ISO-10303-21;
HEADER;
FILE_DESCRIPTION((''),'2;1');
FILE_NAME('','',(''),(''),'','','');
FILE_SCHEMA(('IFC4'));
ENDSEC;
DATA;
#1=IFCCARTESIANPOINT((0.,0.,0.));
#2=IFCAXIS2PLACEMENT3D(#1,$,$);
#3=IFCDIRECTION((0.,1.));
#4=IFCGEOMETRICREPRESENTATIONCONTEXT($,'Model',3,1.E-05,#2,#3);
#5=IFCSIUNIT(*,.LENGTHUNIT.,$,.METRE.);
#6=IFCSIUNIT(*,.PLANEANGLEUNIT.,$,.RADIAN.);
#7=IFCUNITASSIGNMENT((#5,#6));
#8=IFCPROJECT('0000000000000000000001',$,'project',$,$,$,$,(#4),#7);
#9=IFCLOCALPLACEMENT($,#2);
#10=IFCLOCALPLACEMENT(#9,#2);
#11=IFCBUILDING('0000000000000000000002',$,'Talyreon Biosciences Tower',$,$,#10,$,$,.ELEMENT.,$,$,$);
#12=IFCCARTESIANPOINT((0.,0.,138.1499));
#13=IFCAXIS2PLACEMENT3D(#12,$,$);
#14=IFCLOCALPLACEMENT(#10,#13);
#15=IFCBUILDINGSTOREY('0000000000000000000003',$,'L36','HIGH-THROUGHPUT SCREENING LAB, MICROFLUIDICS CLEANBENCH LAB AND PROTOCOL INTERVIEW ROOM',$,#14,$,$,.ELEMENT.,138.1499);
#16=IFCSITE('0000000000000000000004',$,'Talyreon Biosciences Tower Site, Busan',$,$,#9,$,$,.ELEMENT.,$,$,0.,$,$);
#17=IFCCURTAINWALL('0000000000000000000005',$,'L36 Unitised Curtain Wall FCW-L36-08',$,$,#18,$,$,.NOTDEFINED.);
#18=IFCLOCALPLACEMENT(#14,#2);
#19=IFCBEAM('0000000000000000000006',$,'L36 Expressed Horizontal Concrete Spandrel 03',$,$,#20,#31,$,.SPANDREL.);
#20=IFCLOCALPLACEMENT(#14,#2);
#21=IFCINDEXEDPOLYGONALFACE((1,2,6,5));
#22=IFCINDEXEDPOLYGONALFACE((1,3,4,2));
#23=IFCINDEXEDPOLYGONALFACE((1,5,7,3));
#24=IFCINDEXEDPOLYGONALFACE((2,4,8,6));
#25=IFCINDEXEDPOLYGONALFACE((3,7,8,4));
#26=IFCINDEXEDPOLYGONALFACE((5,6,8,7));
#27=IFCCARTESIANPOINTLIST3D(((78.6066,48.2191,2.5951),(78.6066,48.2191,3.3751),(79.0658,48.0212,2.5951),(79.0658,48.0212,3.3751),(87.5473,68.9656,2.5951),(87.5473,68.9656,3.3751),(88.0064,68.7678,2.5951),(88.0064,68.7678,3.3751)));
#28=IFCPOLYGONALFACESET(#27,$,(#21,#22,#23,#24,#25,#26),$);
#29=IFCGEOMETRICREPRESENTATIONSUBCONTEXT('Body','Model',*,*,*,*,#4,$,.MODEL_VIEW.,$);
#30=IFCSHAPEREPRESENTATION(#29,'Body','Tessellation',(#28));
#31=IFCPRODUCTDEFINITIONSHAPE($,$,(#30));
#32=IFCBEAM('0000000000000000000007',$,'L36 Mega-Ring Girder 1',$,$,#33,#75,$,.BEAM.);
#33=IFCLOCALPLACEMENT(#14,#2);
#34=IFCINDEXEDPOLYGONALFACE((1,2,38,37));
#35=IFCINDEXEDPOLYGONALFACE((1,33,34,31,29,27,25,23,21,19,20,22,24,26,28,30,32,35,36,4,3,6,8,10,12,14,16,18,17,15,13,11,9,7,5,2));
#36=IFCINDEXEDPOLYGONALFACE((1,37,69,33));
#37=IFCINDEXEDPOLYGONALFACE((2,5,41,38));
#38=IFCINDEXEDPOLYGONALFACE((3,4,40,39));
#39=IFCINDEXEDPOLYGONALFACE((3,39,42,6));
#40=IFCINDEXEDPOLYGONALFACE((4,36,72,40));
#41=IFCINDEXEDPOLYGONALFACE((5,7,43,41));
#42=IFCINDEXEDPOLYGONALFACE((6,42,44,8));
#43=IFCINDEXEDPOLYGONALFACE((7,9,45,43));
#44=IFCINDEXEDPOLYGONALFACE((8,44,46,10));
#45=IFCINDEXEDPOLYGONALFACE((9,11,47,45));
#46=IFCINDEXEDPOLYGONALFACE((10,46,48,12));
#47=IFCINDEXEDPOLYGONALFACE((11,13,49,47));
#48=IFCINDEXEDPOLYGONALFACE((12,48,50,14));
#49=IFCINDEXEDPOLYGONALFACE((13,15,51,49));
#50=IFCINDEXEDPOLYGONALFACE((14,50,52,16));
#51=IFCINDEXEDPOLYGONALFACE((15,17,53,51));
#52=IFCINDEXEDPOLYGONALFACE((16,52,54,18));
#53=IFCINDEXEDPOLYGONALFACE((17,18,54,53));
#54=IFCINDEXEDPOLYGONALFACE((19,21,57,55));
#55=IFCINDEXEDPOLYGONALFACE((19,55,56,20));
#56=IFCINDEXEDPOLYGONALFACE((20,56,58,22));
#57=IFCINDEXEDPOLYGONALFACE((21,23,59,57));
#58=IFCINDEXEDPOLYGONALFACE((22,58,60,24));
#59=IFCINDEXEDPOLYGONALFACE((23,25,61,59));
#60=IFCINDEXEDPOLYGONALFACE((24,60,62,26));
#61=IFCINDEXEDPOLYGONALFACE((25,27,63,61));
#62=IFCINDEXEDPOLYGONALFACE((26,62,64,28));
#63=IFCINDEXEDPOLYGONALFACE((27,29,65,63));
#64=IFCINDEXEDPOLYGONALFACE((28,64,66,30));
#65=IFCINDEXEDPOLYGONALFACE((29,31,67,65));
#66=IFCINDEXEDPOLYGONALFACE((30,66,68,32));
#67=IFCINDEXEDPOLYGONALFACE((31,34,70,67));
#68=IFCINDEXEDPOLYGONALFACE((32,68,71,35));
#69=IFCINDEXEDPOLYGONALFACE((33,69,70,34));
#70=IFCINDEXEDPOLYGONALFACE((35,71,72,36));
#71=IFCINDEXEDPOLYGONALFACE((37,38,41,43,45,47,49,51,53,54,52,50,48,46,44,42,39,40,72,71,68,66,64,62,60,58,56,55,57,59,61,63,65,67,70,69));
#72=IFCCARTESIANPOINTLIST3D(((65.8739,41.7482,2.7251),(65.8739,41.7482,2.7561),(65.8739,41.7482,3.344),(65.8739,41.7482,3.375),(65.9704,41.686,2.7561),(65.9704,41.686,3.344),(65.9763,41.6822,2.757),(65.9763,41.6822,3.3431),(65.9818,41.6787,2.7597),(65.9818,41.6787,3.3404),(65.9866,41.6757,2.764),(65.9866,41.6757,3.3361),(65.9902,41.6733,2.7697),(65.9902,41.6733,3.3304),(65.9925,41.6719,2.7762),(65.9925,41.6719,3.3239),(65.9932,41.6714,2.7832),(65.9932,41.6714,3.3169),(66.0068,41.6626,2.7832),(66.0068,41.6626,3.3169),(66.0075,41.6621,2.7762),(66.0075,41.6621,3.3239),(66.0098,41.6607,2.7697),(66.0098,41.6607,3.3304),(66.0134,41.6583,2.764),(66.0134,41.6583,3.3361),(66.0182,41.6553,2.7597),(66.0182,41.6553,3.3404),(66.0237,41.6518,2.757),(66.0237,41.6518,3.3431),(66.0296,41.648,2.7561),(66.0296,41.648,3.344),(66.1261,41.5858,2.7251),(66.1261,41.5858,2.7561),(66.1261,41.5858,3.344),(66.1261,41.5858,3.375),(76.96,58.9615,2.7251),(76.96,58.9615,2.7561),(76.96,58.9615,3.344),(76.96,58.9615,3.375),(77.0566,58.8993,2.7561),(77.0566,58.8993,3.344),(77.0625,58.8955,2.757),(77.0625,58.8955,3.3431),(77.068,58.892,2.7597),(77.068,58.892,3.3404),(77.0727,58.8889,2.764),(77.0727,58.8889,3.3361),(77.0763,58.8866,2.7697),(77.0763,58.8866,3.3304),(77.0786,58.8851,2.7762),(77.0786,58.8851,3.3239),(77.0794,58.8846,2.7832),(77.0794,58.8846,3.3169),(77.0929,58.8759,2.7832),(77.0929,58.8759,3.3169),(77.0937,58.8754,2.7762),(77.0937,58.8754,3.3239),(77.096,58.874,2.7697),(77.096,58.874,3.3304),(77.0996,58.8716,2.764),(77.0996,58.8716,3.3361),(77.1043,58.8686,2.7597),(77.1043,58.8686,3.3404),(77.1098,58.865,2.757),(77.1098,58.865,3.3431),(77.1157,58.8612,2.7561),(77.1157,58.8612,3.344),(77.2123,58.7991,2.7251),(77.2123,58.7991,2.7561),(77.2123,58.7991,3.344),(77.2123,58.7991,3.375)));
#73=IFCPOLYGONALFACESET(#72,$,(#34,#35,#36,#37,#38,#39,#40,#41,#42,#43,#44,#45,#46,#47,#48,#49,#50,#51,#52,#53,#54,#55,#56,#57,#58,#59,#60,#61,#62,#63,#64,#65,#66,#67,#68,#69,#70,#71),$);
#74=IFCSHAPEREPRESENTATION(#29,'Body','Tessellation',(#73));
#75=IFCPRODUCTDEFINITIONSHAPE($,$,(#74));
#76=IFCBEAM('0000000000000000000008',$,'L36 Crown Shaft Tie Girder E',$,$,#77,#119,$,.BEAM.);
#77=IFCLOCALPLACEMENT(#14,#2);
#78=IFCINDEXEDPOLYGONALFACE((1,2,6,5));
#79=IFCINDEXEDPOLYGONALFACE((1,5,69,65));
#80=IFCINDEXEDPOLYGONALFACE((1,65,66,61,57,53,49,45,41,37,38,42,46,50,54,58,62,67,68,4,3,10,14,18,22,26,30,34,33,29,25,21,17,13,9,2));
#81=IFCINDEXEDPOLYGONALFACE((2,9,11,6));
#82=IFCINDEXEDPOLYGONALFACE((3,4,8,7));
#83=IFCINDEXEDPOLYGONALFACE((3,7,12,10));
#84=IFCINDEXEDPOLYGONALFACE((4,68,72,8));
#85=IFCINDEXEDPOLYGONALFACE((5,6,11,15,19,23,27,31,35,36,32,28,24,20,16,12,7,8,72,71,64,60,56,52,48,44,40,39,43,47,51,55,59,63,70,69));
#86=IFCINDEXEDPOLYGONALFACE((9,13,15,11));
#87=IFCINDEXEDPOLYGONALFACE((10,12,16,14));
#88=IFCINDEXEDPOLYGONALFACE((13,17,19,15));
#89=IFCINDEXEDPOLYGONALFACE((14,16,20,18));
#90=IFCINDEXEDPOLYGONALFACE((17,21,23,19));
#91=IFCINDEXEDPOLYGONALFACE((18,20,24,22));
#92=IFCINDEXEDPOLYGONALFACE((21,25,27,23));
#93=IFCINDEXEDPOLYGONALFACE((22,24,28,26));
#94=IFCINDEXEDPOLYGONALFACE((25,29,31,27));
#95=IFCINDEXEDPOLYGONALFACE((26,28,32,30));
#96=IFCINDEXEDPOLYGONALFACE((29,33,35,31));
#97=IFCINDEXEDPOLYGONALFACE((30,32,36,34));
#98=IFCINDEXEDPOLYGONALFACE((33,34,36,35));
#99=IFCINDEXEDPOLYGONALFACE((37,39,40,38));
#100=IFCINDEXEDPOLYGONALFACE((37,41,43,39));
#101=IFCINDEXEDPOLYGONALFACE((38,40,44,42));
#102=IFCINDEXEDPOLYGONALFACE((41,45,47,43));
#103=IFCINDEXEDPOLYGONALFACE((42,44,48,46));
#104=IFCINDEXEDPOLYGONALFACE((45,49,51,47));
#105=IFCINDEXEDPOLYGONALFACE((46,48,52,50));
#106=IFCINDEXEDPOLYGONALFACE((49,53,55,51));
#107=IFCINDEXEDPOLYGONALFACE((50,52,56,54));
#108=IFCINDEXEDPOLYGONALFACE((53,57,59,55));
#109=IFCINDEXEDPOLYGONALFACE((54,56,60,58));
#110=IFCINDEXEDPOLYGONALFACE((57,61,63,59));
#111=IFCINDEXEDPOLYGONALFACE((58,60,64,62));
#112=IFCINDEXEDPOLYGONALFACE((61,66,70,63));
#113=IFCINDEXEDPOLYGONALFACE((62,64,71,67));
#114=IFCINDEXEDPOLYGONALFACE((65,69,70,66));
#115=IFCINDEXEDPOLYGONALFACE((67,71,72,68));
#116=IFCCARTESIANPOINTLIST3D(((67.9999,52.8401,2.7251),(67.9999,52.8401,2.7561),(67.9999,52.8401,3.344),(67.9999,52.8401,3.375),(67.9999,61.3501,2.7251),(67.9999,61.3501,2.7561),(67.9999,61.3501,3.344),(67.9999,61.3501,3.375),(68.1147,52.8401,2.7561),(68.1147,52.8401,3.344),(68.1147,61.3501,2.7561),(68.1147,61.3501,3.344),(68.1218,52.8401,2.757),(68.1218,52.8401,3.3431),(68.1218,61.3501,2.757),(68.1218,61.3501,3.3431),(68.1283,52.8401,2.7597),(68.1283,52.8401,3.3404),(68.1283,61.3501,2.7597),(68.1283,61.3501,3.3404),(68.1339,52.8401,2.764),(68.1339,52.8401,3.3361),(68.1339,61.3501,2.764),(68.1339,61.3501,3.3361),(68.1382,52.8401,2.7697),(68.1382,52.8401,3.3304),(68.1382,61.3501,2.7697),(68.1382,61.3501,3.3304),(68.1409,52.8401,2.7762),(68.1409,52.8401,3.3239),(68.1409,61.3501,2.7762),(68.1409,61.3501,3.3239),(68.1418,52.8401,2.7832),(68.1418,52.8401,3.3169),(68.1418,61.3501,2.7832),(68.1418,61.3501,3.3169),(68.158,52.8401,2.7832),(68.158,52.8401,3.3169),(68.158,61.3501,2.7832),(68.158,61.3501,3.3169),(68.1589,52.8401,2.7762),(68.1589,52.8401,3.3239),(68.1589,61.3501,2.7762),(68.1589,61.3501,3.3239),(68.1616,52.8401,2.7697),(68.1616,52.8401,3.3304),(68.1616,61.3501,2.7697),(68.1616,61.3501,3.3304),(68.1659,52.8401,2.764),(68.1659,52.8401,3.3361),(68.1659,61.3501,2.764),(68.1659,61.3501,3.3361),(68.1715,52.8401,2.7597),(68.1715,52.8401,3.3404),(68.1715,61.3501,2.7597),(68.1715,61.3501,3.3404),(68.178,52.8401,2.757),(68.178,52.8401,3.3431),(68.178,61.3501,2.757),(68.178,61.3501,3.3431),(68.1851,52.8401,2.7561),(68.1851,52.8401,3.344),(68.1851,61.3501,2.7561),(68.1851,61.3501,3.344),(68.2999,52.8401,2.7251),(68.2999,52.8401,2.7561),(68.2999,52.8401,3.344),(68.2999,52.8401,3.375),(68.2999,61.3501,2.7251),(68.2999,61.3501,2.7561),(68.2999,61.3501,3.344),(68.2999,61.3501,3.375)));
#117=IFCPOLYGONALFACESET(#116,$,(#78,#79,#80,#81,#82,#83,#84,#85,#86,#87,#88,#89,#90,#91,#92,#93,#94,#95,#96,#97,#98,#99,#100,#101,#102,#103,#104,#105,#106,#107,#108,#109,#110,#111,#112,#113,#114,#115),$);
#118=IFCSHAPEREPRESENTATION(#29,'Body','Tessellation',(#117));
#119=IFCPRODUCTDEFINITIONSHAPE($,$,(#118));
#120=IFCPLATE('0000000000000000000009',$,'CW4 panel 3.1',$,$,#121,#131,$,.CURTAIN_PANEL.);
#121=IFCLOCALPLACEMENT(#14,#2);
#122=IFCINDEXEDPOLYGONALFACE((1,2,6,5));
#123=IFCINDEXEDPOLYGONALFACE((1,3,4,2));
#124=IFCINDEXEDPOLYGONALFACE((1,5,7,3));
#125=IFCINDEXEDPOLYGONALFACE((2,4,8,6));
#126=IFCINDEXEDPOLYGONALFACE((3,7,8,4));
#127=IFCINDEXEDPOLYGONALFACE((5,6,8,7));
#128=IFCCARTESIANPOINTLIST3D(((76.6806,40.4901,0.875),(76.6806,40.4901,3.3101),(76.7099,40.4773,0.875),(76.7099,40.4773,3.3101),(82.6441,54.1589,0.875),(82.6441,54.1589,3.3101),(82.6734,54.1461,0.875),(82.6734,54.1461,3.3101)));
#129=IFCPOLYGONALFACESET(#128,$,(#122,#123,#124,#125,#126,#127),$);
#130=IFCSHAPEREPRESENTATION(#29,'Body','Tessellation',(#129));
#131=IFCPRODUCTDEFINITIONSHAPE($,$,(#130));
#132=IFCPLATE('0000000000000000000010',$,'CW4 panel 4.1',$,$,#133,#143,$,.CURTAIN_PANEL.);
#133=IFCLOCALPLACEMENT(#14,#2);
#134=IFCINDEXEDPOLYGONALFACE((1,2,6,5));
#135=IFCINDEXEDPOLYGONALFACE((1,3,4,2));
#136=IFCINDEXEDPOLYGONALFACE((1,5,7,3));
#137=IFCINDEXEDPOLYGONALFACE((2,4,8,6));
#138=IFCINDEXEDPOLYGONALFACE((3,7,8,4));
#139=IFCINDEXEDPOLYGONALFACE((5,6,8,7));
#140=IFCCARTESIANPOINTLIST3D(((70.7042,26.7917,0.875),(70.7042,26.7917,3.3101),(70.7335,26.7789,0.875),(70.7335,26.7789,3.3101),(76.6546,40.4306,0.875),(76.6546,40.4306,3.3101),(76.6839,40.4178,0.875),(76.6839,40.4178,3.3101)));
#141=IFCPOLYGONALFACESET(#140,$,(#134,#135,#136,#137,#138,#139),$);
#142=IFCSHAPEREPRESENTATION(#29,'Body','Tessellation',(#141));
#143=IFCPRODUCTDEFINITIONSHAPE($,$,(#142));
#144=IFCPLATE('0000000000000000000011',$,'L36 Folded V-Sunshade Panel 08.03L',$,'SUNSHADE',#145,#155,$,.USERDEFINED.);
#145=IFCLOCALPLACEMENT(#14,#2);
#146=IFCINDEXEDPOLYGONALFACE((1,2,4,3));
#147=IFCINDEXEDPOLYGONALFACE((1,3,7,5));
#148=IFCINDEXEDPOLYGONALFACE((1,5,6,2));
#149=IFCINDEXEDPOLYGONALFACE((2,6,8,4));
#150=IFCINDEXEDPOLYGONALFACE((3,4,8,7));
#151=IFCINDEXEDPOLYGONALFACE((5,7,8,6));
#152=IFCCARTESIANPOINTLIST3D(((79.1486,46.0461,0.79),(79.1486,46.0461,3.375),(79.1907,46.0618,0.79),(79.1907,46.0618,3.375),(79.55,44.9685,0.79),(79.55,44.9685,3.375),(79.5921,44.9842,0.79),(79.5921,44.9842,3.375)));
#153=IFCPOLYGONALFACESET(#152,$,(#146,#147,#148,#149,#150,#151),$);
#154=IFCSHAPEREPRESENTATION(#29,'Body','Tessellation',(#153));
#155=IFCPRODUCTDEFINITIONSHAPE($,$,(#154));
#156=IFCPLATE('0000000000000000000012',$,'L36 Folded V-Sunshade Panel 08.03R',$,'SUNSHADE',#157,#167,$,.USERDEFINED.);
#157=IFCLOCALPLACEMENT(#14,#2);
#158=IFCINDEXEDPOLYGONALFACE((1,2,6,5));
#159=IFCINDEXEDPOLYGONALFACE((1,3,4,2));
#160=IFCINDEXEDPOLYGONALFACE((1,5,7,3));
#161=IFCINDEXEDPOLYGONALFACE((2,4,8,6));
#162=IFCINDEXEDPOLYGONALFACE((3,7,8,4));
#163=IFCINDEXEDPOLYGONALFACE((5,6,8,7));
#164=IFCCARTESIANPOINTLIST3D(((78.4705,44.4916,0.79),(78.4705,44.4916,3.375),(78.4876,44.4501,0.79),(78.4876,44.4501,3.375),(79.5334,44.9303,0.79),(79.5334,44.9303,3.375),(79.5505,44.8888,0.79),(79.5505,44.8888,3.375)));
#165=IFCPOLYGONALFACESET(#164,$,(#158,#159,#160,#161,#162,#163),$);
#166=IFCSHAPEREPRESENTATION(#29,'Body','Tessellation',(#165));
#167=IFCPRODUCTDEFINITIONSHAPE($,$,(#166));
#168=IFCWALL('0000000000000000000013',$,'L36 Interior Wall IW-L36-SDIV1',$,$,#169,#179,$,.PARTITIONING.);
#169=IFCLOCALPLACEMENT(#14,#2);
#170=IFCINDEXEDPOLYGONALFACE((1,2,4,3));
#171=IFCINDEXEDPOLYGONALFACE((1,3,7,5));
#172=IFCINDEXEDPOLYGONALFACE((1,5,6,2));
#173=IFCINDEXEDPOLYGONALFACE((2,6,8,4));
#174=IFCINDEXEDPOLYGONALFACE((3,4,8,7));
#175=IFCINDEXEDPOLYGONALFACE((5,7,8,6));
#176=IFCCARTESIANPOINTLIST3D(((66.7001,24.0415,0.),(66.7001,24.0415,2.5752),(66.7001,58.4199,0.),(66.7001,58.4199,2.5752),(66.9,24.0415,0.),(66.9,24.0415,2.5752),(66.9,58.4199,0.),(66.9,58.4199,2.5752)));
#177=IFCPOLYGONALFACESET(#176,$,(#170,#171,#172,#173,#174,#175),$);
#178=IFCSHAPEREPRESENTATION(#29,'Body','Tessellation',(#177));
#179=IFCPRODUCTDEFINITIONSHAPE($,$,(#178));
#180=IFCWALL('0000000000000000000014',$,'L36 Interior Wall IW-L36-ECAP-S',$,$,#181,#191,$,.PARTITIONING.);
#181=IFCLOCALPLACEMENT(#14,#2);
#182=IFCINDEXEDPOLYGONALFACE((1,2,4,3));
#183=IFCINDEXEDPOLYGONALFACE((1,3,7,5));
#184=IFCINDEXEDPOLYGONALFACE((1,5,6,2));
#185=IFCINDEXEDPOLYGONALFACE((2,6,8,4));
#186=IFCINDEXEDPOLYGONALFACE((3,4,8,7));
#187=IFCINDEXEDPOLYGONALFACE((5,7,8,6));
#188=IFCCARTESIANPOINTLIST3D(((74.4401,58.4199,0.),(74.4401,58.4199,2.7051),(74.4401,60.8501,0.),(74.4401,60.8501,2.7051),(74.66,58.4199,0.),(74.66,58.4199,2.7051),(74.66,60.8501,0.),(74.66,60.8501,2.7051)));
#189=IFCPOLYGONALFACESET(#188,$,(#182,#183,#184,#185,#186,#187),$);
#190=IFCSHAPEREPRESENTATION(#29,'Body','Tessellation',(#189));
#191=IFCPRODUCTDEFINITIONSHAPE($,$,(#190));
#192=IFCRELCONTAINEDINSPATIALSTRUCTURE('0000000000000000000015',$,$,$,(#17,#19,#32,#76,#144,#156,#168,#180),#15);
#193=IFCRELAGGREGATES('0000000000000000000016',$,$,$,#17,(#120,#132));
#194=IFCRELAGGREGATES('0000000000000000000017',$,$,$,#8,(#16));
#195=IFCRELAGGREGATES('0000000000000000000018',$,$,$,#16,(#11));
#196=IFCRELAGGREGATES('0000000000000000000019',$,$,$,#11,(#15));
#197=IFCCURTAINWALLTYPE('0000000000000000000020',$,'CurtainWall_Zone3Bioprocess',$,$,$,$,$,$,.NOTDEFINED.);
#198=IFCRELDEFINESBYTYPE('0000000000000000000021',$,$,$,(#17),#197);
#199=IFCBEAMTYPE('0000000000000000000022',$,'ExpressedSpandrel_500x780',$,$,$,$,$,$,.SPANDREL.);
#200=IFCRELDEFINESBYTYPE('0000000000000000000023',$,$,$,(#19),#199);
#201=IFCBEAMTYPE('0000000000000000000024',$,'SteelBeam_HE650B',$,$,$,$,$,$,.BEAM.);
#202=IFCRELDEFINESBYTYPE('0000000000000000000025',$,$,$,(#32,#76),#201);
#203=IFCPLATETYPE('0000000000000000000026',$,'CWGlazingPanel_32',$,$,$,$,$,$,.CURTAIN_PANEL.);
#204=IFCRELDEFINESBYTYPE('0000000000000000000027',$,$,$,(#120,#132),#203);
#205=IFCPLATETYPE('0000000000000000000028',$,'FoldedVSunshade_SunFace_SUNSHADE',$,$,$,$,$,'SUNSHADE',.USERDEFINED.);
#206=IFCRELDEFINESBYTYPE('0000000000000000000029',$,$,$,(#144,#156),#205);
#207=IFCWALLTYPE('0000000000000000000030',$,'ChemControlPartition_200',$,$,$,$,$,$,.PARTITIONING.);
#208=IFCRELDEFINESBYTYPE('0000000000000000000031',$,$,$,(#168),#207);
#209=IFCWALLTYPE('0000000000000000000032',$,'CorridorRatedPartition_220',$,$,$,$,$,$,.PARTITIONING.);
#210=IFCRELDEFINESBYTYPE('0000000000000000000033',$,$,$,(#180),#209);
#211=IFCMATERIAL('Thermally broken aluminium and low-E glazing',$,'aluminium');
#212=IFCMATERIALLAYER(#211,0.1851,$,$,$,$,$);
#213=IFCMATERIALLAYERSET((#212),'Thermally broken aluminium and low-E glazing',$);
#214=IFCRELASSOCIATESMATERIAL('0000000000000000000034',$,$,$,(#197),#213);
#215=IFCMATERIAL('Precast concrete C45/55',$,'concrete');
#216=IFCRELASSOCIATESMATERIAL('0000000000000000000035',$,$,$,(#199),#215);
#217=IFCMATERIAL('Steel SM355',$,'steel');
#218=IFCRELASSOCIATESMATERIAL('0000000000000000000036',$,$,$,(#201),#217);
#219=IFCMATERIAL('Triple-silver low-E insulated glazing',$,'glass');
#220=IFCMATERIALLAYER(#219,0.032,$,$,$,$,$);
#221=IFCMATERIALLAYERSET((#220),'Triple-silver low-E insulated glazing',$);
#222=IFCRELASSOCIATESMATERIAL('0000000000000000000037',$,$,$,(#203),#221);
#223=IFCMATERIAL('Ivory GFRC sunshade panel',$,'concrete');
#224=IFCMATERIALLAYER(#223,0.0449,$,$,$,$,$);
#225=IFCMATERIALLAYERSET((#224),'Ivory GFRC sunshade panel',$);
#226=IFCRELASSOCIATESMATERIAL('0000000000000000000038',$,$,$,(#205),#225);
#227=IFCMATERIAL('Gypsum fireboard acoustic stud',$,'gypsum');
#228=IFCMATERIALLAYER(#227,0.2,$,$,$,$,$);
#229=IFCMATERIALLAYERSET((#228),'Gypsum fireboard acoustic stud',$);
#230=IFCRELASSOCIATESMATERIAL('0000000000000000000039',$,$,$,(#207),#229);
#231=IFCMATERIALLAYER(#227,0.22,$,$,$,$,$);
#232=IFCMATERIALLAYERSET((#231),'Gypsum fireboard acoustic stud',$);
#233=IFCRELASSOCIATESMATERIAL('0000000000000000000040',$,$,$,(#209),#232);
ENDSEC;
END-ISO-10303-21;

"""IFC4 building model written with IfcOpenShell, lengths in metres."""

from ifc_helpers import new_model, si_unit, direction, frame, frame_2d, origin, origin_2d, place, context, subcontext, project, spatial, rectangle, i_section, extrude, material, layer, layer_set, material_profile, profile_set, type_object, element, aggregate, save


model = new_model("IFC4")

# Units and contexts
model_context = context("Model", 3, precision=1e-05, world=origin(), true_north=direction((0.0, 1.0)))
body_context = subcontext(model_context, "Body", "Model", "MODEL_VIEW")
ifc_project = project(units=[si_unit("LENGTHUNIT", "METRE"), si_unit("PLANEANGLEUNIT", "RADIAN")], contexts=[model_context])

# Site, building, storey
site_placement = place(None, origin())
site = spatial("IfcSite", under=ifc_project, at=site_placement, Name="Talyreon Biosciences Tower Site, Busan", CompositionType="ELEMENT", RefElevation=0.0)
building_placement = place(site_placement, origin())
building = spatial("IfcBuilding", under=site, at=building_placement, Name="Talyreon Biosciences Tower", CompositionType="ELEMENT")
storey_placement = place(building_placement, frame((0.0, 0.0, 138.1499)))
storey = spatial("IfcBuildingStorey", under=building, at=storey_placement, Name="L36", Description="HIGH-THROUGHPUT SCREENING LAB, MICROFLUIDICS CLEANBENCH LAB AND PROTOCOL INTERVIEW ROOM", CompositionType="ELEMENT", Elevation=138.1499)

# Shared definitions
ifc_material_1 = material(Name="Precast concrete C45/55", Category="concrete")

# Curtain wall
ifc_material_2 = material(Name="Thermally broken aluminium and low-E glazing", Category="aluminium")
ifc_layer_1 = layer(ifc_material_2, 0.1851)
ifc_layer_set_1 = layer_set([ifc_layer_1], Name="Thermally broken aluminium and low-E glazing")
curtain_wall_type = type_object("IfcCurtainWallType", Name="CurtainWall_Zone3Bioprocess", PredefinedType="NOTDEFINED", material=ifc_layer_set_1)
curtain_wall_placement = place(storey_placement, origin())
curtain_wall = element("IfcCurtainWall", 1, at=curtain_wall_placement, inside=storey, type_object=curtain_wall_type, Name="L36 Unitised Curtain Wall FCW-L36-08", PredefinedType="NOTDEFINED")

# Beams
ifc_material_profile_1 = material_profile(ifc_material_1, rectangle(XDim=0.5, YDim=0.78, at=origin_2d()), Name="RCB 500x780")
ifc_profile_set_1 = profile_set([ifc_material_profile_1], Name="Precast concrete C45/55")
beam_type_1 = type_object("IfcBeamType", Name="ExpressedSpandrel_500x780", PredefinedType="SPANDREL", material=ifc_profile_set_1)
beam_1_placement = place(storey_placement, frame((78.8362, 48.1201, 2.9851), z_axis=(0.395761, 0.918353, 0.0), x_axis=(-0.918353, 0.395761, 0.0)))
element("IfcBeam", 2, at=beam_1_placement, inside=storey, type_object=beam_type_1, Name="L36 Expressed Horizontal Concrete Spandrel 03", PredefinedType="SPANDREL", context=body_context, shape_type="SweptSolid", body=[
    extrude(rectangle(XDim=0.5, YDim=0.78, at=origin_2d()), origin(), (0.0, 0.0, 1.0), 22.5911),
])
ifc_material_3 = material(Name="Steel SM355", Category="steel")
ifc_material_profile_2 = material_profile(ifc_material_3, i_section(OverallWidth=0.3, OverallDepth=0.6499, WebThickness=0.0161, FlangeThickness=0.031, FilletRadius=0.0271, at=origin_2d()), Name="HE650B")
ifc_profile_set_2 = profile_set([ifc_material_profile_2], Name="Steel SM355")
beam_type_2 = type_object("IfcBeamType", Name="SteelBeam_HE650B", PredefinedType="BEAM", material=ifc_profile_set_2)
beam_2_placement = place(storey_placement, frame((66.0, 41.667, 3.05), z_axis=(0.541464, 0.840724, 0.0), x_axis=(-0.840724, 0.541464, 0.0)))
element("IfcBeam", 3, at=beam_2_placement, inside=storey, type_object=beam_type_2, Name="L36 Mega-Ring Girder 1", PredefinedType="BEAM", context=body_context, shape_type="SweptSolid", body=[
    extrude(i_section(OverallWidth=0.3, OverallDepth=0.6499, WebThickness=0.0161, FlangeThickness=0.031, FilletRadius=0.0271, at=origin_2d()), origin(), (0.0, 0.0, 1.0), 20.4744),
])
beam_3_placement = place(storey_placement, frame((68.1499, 52.8401, 3.05), z_axis=(0.0, 1.0, 0.0), x_axis=(-1.0, 0.0, 0.0)))
element("IfcBeam", 4, at=beam_3_placement, inside=storey, type_object=beam_type_2, Name="L36 Crown Shaft Tie Girder E", PredefinedType="BEAM", context=body_context, shape_type="SweptSolid", body=[
    extrude(i_section(OverallWidth=0.3, OverallDepth=0.6499, WebThickness=0.0161, FlangeThickness=0.031, FilletRadius=0.0271, at=origin_2d()), origin(), (0.0, 0.0, 1.0), 8.51),
])

# Plates
ifc_material_4 = material(Name="Triple-silver low-E insulated glazing", Category="glass")
ifc_layer_2 = layer(ifc_material_4, 0.032)
ifc_layer_set_2 = layer_set([ifc_layer_2], Name="Triple-silver low-E insulated glazing")
plate_type_1 = type_object("IfcPlateType", Name="CWGlazingPanel_32", PredefinedType="CURTAIN_PANEL", material=ifc_layer_set_2)
plate_1_placement = place(storey_placement, frame((79.677, 47.3181, 0.875), z_axis=(0.0, 0.0, 1.0), x_axis=(-0.399882, -0.916566, 0.0)))
plate_1 = element("IfcPlate", 5, at=plate_1_placement, type_object=plate_type_1, Name="CW4 panel 3.1", PredefinedType="CURTAIN_PANEL", context=body_context, shape_type="SweptSolid", body=[
    extrude(rectangle(XDim=14.9131, YDim=0.032, at=origin_2d()), origin(), (0.0, 0.0, 1.0), 2.4351),
])
plate_2_placement = place(storey_placement, frame((73.6941, 33.6047, 0.875), z_axis=(0.0, 0.0, 1.0), x_axis=(-0.399882, -0.916566, 0.0)))
plate_2 = element("IfcPlate", 6, at=plate_2_placement, type_object=plate_type_1, Name="CW4 panel 4.1", PredefinedType="CURTAIN_PANEL", context=body_context, shape_type="SweptSolid", body=[
    extrude(rectangle(XDim=14.8804, YDim=0.032, at=origin_2d()), origin(), (0.0, 0.0, 1.0), 2.4351),
])
aggregate(curtain_wall, [plate_1, plate_2])

# Plates
ifc_material_5 = material(Name="Ivory GFRC sunshade panel", Category="concrete")
ifc_layer_3 = layer(ifc_material_5, 0.0449)
ifc_layer_set_3 = layer_set([ifc_layer_3], Name="Ivory GFRC sunshade panel")
plate_type_2 = type_object("IfcPlateType", Name="FoldedVSunshade_SunFace_SUNSHADE", ElementType="SUNSHADE", PredefinedType="USERDEFINED", material=ifc_layer_set_3)
for number, where, z_axis, x_axis, name in (
    (7, (79.3704, 45.5151, 0.79), (0.0, 0.0, 1.0), (0.349046, -0.937105, 0.0), "L36 Folded V-Sunshade Panel 08.03L"),
    (8, (79.0105, 44.6902, 0.79), (0.0, 0.0, 1.0), (-0.924353, -0.381538, 0.0), "L36 Folded V-Sunshade Panel 08.03R"),
):
    element("IfcPlate", number, at=place(storey_placement, frame(where, z_axis=z_axis, x_axis=x_axis)), inside=storey, type_object=plate_type_2, Name=name, ObjectType="SUNSHADE", PredefinedType="USERDEFINED", context=body_context, shape_type="SweptSolid", body=[
        extrude(rectangle(XDim=1.1499, YDim=0.0449, at=origin_2d()), origin(), (0.0, 0.0, 1.0), 2.585),
    ])

# Walls
ifc_material_6 = material(Name="Gypsum fireboard acoustic stud", Category="gypsum")
ifc_layer_4 = layer(ifc_material_6, 0.2)
ifc_layer_set_4 = layer_set([ifc_layer_4], Name="Gypsum fireboard acoustic stud")
wall_type_1 = type_object("IfcWallType", Name="ChemControlPartition_200", PredefinedType="PARTITIONING", material=ifc_layer_set_4)
wall_1_placement = place(storey_placement, frame((66.8, 24.0415, 0.0), z_axis=(0.0, 0.0, 1.0), x_axis=(0.0, 1.0, 0.0)))
element("IfcWall", 9, at=wall_1_placement, inside=storey, type_object=wall_type_1, Name="L36 Interior Wall IW-L36-SDIV1", PredefinedType="PARTITIONING", context=body_context, shape_type="SweptSolid", body=[
    extrude(rectangle(XDim=34.3784, YDim=0.2, at=frame_2d((17.1892, 0.0))), origin(), (0.0, 0.0, 1.0), 2.5752),
])
ifc_layer_5 = layer(ifc_material_6, 0.22)
ifc_layer_set_5 = layer_set([ifc_layer_5], Name="Gypsum fireboard acoustic stud")
wall_type_2 = type_object("IfcWallType", Name="CorridorRatedPartition_220", PredefinedType="PARTITIONING", material=ifc_layer_set_5)
wall_2_placement = place(storey_placement, frame((74.55, 58.4199, 0.0), z_axis=(0.0, 0.0, 1.0), x_axis=(0.0, 1.0, 0.0)))
element("IfcWall", 10, at=wall_2_placement, inside=storey, type_object=wall_type_2, Name="L36 Interior Wall IW-L36-ECAP-S", PredefinedType="PARTITIONING", context=body_context, shape_type="SweptSolid", body=[
    extrude(rectangle(XDim=2.4302, YDim=0.22, at=frame_2d((1.2151, 0.0))), origin(), (0.0, 0.0, 1.0), 2.7051),
])

save(model, "model.ifc")
